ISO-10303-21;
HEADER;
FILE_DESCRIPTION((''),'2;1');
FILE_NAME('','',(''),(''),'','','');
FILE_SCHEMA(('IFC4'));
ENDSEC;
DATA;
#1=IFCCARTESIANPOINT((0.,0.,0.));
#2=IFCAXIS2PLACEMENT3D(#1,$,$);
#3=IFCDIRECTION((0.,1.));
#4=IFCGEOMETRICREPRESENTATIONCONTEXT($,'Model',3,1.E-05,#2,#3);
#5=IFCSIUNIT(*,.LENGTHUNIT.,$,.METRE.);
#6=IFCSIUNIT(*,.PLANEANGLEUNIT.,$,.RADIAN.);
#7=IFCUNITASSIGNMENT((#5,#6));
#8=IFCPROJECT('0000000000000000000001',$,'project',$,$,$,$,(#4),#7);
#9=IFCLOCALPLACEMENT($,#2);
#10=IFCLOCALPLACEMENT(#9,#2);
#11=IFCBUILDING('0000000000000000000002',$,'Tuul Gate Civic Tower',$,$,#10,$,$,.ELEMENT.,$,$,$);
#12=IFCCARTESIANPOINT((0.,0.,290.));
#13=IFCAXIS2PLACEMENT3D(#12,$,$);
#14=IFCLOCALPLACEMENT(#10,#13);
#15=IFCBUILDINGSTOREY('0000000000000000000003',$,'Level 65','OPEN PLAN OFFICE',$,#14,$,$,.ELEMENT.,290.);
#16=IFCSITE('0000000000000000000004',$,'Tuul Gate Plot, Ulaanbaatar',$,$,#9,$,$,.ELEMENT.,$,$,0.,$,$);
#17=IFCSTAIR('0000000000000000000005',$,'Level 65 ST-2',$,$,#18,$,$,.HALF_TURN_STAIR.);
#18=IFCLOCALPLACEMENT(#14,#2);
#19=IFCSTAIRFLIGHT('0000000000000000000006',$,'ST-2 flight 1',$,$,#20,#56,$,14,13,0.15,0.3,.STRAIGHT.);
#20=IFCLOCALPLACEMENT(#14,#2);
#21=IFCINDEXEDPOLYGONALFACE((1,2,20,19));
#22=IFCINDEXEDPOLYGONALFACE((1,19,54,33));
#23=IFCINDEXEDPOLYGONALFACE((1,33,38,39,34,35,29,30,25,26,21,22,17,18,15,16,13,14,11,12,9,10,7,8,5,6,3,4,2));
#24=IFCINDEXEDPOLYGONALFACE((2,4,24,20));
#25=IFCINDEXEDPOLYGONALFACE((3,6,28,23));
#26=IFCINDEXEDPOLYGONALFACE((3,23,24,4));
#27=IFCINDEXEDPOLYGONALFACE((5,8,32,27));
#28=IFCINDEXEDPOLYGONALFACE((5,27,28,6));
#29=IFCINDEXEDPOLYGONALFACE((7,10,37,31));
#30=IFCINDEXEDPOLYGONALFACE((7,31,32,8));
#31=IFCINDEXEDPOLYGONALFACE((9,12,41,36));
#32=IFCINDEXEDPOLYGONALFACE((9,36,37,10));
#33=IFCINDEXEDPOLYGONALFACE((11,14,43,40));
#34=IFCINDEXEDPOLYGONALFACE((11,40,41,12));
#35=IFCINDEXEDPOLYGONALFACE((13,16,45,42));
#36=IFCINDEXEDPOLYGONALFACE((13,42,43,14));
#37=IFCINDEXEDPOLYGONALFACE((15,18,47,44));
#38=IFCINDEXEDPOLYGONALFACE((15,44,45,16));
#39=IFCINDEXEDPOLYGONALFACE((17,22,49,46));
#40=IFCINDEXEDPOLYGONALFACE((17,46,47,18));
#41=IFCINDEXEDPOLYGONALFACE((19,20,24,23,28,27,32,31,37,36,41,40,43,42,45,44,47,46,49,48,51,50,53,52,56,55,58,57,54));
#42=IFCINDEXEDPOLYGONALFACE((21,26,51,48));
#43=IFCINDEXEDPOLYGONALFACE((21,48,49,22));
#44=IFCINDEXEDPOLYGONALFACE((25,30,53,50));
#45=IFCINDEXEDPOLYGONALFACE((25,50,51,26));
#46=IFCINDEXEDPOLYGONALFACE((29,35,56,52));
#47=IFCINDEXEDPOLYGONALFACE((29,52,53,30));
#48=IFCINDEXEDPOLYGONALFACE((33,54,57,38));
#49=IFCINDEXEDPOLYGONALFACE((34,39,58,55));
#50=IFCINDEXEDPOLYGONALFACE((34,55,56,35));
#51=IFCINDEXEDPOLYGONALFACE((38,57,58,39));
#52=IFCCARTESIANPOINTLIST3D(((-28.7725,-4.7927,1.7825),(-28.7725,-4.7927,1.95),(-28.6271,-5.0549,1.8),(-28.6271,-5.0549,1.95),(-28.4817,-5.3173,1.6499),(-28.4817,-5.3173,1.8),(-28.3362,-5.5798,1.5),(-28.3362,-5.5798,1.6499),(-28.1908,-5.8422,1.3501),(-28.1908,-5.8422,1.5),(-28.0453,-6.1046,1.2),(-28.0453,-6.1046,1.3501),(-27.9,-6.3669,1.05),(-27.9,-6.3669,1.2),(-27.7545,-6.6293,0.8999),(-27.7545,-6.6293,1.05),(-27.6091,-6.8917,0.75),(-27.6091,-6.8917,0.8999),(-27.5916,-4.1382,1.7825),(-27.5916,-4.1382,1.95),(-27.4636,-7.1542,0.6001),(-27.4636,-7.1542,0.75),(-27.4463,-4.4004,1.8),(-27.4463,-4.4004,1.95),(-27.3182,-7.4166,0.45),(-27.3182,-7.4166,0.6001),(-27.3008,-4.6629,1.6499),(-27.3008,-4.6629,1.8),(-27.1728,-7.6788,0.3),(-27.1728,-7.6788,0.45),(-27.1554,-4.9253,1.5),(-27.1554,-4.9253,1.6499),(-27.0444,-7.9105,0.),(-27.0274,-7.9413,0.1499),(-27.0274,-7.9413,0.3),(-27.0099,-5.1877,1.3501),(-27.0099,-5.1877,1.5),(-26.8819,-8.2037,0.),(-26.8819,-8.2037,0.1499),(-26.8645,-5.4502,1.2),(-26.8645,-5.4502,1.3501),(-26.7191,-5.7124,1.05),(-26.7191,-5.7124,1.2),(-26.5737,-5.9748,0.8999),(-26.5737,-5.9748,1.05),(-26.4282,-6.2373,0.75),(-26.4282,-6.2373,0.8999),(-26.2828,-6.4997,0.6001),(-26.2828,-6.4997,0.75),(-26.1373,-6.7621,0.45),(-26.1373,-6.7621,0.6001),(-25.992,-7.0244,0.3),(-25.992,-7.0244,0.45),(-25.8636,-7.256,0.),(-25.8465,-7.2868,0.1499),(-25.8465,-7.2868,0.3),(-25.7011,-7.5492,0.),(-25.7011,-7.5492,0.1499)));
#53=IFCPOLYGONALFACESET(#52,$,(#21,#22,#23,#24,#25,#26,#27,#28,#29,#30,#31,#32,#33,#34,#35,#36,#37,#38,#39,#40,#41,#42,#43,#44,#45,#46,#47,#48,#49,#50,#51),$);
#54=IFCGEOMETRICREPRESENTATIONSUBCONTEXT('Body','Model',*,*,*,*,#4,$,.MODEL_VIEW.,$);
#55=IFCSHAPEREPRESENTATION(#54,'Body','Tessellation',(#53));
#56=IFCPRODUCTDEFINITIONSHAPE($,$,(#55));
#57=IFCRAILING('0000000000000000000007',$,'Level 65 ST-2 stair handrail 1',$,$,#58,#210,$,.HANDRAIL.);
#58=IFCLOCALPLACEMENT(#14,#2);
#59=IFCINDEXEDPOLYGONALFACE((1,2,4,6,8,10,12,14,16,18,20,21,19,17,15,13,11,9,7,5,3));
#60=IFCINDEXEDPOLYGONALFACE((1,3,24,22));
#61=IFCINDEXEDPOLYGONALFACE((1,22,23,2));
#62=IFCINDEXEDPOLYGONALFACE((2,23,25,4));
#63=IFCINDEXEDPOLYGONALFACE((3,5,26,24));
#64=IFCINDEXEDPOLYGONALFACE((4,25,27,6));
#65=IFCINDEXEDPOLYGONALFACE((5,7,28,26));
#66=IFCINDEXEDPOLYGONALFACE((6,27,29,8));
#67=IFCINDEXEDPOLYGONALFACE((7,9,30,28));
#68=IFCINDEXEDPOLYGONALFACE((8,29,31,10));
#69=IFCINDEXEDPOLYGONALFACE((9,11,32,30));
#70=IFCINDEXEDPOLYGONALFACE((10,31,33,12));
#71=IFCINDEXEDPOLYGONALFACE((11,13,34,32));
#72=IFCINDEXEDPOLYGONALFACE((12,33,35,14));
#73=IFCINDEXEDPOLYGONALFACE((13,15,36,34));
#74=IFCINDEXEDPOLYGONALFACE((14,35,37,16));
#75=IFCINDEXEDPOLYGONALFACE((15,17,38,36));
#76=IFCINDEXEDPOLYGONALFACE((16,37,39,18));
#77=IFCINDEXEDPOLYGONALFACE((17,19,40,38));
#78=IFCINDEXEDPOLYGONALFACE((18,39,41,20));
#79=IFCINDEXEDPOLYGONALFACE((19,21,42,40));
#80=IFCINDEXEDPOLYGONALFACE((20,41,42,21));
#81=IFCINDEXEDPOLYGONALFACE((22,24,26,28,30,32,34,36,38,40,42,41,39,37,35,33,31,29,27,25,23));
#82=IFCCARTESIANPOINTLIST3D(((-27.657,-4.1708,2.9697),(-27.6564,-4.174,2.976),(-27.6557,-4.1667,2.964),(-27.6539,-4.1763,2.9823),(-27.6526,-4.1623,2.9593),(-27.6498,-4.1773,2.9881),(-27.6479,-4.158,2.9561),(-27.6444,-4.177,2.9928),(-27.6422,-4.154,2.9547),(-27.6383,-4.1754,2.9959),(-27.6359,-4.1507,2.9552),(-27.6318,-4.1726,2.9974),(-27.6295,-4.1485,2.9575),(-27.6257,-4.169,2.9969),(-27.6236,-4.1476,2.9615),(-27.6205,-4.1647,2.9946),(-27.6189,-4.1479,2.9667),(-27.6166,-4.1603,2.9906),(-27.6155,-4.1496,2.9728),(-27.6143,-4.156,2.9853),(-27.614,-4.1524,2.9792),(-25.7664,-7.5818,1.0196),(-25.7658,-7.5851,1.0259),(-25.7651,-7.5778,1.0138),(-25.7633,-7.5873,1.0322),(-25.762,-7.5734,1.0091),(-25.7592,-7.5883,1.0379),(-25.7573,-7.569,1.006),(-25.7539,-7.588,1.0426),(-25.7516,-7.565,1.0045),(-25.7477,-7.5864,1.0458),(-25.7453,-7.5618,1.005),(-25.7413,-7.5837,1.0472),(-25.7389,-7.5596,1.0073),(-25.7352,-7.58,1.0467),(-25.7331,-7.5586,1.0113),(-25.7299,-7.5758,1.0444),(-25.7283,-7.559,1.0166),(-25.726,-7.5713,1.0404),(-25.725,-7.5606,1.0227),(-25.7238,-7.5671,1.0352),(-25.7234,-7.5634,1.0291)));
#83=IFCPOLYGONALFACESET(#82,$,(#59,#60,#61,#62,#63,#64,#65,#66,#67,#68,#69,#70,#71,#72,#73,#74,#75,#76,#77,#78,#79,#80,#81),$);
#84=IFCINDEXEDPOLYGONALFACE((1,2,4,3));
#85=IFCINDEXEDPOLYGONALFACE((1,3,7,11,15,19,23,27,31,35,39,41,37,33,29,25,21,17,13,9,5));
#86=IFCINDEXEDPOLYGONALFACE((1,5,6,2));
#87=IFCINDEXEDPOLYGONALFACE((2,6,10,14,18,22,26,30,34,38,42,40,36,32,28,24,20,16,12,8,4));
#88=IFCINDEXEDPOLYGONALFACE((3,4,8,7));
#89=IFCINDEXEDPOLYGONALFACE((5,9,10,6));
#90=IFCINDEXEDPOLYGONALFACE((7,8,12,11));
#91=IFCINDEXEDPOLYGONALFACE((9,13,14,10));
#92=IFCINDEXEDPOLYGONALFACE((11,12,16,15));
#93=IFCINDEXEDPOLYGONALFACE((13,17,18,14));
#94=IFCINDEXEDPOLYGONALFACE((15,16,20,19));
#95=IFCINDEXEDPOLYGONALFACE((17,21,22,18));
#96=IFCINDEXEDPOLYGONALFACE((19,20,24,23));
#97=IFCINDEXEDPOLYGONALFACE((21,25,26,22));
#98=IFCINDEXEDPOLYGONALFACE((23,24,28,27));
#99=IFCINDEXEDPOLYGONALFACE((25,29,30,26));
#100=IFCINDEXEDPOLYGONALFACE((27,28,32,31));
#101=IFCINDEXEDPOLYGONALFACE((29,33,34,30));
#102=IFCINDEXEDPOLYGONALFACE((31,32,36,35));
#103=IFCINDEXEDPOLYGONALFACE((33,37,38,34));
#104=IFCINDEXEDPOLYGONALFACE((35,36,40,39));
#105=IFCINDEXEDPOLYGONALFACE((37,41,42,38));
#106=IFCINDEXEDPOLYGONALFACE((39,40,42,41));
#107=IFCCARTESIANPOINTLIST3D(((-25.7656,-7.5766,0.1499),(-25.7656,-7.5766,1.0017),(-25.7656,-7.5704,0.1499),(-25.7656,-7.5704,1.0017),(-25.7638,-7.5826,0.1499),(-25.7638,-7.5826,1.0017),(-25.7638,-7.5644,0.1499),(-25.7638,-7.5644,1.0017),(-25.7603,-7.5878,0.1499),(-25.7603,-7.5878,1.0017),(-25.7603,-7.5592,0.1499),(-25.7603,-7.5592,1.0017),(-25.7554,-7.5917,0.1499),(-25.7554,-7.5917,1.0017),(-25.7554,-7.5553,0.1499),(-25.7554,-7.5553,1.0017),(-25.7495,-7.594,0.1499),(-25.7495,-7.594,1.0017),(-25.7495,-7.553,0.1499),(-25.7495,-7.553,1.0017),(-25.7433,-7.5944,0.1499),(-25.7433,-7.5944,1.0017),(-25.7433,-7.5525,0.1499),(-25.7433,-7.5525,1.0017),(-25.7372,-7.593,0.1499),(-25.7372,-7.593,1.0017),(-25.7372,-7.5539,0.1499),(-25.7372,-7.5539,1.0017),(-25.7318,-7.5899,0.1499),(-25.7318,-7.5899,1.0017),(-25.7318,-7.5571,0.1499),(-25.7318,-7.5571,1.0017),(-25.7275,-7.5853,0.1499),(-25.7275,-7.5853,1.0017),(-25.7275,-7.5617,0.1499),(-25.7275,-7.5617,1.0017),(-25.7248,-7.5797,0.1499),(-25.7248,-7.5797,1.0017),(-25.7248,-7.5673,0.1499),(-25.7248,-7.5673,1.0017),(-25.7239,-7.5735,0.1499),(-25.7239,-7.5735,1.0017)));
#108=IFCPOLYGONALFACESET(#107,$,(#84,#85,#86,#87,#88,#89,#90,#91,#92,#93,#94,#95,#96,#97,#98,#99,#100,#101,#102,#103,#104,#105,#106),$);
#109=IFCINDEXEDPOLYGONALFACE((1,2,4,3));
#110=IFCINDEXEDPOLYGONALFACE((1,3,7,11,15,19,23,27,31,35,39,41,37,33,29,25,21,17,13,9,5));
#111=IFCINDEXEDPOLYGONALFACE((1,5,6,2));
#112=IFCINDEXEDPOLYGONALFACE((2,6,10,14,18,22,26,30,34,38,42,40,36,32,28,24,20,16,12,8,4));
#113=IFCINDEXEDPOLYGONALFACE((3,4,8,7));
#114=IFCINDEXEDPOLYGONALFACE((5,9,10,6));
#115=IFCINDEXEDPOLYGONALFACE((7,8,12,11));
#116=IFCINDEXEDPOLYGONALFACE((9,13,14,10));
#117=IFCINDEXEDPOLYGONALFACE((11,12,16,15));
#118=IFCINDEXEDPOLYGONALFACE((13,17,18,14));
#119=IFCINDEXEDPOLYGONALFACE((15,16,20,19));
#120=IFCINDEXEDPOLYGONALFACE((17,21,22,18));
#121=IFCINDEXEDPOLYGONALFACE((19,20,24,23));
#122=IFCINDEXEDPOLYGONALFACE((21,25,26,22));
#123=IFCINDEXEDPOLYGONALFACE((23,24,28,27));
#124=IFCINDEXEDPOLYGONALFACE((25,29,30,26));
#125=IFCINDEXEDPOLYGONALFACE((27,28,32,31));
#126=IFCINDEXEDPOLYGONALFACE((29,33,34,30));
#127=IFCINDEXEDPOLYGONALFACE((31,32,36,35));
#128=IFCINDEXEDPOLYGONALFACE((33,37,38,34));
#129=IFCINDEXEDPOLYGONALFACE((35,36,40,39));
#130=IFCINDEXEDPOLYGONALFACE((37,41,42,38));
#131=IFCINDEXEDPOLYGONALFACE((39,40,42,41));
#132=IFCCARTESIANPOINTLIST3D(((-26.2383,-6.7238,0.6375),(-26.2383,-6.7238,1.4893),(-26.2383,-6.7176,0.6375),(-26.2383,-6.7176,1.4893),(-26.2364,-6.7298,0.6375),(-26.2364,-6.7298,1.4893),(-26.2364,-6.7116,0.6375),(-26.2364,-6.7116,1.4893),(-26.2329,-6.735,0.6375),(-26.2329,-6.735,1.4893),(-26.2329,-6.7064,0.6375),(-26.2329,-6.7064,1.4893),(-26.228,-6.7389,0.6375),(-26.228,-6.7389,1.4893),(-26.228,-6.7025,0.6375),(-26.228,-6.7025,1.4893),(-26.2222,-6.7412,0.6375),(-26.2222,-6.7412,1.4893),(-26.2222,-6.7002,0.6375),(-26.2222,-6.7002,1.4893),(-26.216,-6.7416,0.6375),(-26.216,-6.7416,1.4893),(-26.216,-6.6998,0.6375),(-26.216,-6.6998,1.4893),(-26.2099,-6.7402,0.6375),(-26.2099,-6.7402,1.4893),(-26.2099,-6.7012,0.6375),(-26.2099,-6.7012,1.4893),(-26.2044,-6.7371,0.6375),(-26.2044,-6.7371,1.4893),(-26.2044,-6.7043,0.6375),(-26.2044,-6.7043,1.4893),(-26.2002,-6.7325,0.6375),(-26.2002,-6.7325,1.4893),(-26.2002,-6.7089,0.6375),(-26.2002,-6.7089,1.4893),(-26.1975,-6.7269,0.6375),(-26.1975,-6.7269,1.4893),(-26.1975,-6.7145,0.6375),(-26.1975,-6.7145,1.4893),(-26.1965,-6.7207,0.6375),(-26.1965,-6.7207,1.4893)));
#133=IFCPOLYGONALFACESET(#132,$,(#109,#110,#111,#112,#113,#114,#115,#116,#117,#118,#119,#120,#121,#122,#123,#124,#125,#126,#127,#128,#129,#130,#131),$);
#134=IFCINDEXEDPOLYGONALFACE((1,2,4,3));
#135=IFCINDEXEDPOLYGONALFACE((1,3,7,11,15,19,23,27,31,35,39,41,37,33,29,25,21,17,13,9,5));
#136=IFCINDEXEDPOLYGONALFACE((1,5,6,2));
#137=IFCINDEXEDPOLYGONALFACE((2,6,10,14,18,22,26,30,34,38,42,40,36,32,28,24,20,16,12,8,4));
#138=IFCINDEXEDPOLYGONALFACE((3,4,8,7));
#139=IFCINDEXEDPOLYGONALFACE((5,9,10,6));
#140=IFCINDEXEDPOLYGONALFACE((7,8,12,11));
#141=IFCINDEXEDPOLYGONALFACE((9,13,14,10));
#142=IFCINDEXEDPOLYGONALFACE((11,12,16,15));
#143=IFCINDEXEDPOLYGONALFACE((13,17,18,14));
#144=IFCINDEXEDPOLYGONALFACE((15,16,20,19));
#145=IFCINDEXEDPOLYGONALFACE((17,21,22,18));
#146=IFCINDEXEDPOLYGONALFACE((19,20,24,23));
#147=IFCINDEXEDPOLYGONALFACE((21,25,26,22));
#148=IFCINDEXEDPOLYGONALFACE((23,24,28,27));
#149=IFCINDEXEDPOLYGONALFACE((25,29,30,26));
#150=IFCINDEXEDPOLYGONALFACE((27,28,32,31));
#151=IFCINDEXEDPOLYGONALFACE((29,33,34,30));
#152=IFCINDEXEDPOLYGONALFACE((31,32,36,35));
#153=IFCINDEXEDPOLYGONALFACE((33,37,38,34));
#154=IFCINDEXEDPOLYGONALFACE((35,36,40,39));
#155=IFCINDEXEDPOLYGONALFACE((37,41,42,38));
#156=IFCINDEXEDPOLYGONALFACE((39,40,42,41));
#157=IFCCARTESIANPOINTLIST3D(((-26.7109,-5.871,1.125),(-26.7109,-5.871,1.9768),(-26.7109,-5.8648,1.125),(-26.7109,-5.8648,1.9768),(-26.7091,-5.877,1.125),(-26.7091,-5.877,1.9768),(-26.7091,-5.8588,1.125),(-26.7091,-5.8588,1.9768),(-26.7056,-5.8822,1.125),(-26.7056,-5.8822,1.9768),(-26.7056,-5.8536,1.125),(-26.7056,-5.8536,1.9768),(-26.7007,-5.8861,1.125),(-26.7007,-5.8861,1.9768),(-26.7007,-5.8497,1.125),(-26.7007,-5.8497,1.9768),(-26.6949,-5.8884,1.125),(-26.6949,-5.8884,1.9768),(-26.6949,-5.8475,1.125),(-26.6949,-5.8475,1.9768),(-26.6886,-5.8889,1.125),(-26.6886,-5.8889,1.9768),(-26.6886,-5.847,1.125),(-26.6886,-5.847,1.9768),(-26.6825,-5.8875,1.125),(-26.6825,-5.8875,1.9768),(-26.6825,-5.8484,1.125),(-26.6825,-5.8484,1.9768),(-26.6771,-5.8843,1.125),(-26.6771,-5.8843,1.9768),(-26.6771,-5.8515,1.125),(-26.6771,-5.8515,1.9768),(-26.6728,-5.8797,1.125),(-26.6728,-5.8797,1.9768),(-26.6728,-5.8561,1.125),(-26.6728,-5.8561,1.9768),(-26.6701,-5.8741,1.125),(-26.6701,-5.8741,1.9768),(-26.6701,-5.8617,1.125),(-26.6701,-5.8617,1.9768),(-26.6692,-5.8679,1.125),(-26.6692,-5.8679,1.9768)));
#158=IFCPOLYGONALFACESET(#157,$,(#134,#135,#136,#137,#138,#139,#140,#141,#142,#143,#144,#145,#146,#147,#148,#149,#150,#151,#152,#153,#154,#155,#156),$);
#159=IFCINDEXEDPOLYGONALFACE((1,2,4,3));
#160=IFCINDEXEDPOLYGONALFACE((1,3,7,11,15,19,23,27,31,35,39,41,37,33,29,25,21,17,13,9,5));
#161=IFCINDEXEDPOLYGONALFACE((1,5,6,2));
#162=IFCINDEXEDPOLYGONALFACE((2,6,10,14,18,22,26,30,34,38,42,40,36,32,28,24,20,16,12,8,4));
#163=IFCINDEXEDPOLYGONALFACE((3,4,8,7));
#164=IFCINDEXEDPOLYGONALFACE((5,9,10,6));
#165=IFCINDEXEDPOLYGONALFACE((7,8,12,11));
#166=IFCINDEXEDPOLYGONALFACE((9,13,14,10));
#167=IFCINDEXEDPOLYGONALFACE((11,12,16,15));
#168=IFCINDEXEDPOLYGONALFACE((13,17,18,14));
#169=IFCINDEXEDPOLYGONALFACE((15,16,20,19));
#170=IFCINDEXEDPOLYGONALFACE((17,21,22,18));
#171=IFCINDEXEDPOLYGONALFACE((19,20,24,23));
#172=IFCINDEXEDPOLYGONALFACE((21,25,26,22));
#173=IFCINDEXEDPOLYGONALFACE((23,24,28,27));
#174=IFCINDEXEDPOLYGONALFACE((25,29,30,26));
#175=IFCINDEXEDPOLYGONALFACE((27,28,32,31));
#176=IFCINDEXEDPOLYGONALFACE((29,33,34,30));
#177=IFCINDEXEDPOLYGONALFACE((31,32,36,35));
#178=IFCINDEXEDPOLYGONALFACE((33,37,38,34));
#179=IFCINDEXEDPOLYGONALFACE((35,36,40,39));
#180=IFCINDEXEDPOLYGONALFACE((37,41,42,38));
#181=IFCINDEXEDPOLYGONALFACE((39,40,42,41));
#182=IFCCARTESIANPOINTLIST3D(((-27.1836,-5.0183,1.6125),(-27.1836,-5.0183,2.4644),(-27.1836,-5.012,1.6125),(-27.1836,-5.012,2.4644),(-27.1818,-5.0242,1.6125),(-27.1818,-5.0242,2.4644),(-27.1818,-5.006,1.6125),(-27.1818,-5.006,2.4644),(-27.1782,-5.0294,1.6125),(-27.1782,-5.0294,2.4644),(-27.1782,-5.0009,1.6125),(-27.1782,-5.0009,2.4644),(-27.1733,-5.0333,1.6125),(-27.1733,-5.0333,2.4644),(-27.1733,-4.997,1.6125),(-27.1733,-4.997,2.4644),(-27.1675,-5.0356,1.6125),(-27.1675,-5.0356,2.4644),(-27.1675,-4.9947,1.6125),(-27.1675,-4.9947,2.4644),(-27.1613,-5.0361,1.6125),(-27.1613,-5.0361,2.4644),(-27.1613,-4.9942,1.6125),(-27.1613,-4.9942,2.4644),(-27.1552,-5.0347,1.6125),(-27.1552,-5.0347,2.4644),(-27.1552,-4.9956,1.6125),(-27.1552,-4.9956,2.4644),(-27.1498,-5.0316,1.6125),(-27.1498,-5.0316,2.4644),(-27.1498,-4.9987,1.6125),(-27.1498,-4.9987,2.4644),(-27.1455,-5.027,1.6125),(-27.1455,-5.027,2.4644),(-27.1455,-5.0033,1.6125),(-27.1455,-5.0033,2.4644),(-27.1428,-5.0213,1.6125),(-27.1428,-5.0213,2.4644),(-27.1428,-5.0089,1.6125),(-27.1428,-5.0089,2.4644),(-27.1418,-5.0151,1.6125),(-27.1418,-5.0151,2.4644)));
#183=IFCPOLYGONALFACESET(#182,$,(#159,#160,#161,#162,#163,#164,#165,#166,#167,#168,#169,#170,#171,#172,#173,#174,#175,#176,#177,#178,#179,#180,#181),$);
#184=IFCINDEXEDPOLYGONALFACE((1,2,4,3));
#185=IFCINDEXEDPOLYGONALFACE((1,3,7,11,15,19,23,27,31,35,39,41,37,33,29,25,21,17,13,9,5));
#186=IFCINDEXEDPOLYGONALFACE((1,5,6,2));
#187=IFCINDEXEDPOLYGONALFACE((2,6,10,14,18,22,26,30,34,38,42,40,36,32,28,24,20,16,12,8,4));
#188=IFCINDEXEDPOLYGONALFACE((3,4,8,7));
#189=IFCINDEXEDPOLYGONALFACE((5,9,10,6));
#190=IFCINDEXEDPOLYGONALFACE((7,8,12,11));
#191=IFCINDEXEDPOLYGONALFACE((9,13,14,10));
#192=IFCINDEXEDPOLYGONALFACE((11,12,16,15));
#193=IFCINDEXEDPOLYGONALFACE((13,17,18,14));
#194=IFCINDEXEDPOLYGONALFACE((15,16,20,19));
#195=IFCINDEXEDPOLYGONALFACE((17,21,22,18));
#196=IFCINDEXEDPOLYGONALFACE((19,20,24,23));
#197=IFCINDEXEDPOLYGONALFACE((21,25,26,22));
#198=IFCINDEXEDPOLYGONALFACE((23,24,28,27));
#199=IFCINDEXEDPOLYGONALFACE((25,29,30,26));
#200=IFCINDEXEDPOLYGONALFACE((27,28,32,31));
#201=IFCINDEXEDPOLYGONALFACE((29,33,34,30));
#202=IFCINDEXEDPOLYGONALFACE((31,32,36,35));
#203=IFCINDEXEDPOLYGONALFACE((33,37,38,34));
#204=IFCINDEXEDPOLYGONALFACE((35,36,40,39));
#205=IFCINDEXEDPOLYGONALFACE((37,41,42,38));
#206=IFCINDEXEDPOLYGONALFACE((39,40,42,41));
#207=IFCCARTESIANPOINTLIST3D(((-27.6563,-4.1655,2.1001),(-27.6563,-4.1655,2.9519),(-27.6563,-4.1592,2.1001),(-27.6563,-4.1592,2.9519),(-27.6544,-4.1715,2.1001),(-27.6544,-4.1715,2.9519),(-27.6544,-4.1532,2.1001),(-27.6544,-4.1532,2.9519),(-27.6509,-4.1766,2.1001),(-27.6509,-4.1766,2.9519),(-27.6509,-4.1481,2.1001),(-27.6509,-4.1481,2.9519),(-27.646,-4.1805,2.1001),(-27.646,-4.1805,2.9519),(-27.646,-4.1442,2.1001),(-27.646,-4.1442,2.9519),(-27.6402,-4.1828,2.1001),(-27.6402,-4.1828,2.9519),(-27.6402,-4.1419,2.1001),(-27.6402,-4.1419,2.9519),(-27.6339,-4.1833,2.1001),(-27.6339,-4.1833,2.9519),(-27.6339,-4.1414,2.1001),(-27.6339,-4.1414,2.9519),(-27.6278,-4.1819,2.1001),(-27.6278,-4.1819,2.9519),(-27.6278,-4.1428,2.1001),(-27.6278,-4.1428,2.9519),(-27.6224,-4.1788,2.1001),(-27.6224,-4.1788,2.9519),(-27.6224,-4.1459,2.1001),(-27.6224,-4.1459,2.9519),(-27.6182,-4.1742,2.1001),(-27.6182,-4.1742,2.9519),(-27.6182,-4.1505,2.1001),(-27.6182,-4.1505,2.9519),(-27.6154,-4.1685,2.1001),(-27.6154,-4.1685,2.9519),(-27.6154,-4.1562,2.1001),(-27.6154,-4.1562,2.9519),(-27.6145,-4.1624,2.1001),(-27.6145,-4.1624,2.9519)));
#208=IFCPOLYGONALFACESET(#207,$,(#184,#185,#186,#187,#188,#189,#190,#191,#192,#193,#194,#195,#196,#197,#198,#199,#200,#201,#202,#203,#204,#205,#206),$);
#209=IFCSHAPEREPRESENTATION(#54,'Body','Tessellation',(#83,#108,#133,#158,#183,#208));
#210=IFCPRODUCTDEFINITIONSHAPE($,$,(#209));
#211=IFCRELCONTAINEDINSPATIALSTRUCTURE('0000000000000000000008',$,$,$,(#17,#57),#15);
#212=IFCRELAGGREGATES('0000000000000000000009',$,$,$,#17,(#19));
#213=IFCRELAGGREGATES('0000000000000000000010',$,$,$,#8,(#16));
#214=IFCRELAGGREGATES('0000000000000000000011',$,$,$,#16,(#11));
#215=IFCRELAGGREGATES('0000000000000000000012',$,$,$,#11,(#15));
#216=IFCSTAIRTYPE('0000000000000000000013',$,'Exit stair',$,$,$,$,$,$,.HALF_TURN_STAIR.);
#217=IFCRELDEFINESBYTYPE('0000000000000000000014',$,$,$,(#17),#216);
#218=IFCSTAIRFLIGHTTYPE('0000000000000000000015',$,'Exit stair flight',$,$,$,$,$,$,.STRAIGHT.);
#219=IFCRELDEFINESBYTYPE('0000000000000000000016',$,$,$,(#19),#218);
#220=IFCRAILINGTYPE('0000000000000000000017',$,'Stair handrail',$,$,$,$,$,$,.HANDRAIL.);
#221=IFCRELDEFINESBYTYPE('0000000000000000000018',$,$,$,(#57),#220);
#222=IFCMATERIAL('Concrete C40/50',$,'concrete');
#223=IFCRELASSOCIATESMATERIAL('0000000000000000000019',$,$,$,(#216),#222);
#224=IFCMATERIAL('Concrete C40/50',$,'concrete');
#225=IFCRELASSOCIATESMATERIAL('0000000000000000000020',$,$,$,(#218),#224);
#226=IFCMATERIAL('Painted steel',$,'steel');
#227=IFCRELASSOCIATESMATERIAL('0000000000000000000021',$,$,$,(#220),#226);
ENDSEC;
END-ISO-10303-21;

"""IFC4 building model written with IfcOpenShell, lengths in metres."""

from ifc_helpers import new_model, si_unit, direction, frame, origin, origin_2d, place, context, subcontext, project, spatial, polyline, circle, outline, extrude, material, type_object, element, aggregate, save


model = new_model("IFC4")

# Units and contexts
model_context = context("Model", 3, precision=1e-05, world=origin(), true_north=direction((0.0, 1.0)))
body_context = subcontext(model_context, "Body", "Model", "MODEL_VIEW")
ifc_project = project(units=[si_unit("LENGTHUNIT", "METRE"), si_unit("PLANEANGLEUNIT", "RADIAN")], contexts=[model_context])

# Site, building, storey
site_placement = place(None, origin())
site = spatial("IfcSite", under=ifc_project, at=site_placement, Name="Tuul Gate Plot, Ulaanbaatar", CompositionType="ELEMENT", RefElevation=0.0)
building_placement = place(site_placement, origin())
building = spatial("IfcBuilding", under=site, at=building_placement, Name="Tuul Gate Civic Tower", CompositionType="ELEMENT")
storey_placement = place(building_placement, frame((0.0, 0.0, 290.0)))
storey = spatial("IfcBuildingStorey", under=building, at=storey_placement, Name="Level 65", Description="OPEN PLAN OFFICE", CompositionType="ELEMENT", Elevation=290.0)

# Stair, stair flight
ifc_material_1 = material(Name="Concrete C40/50", Category="concrete")
stair_type = type_object("IfcStairType", Name="Exit stair", PredefinedType="HALF_TURN_STAIR", material=ifc_material_1)
stair_placement = place(storey_placement, origin())
stair = element("IfcStair", 1, at=stair_placement, inside=storey, type_object=stair_type, Name="Level 65 ST-2", PredefinedType="HALF_TURN_STAIR")
ifc_material_2 = material(Name="Concrete C40/50", Category="concrete")
stair_flight_type = type_object("IfcStairFlightType", Name="Exit stair flight", PredefinedType="STRAIGHT", material=ifc_material_2)
stair_flight_placement = place(storey_placement, frame((-26.2915, -7.8765, 0.0), z_axis=(0.0, 0.0, 1.0), x_axis=(-0.484762, 0.874646, 0.0)))
stair_flight = element("IfcStairFlight", 2, at=stair_flight_placement, type_object=stair_flight_type, Name="ST-2 flight 1", NumberOfRisers=14, NumberOfTreads=13, PredefinedType="STRAIGHT", RiserHeight=0.15, TreadLength=0.3, context=body_context, shape_type="SweptSolid", body=[
    extrude(outline(polyline([(0.0, 0.0), (0.0, 0.1499), (0.3, 0.1499), (0.3, 0.3), (0.6001, 0.3), (0.6001, 0.45), (0.8999, 0.45), (0.8999, 0.6001), (1.2, 0.6001), (1.2, 0.75), (1.5, 0.75), (1.5, 0.8999), (1.8, 0.8999), (1.8, 1.05), (2.1001, 1.05), (2.1001, 1.2), (2.3999, 1.2), (2.3999, 1.3501), (2.7, 1.3501), (2.7, 1.5), (3.0, 1.5), (3.0, 1.6499), (3.3, 1.6499), (3.3, 1.8), (3.6001, 1.8), (3.6001, 1.95), (3.8999, 1.95), (3.8999, 2.1001), (3.8999, 1.7825), (0.3352, 0.0), (0.0, 0.0)])), frame((0.0, 0.675, 0.0), z_axis=(0.0, -1.0, 0.0), x_axis=(1.0, 0.0, 0.0)), (0.0, 0.0, 1.0), 1.3501),
])
aggregate(stair, [stair_flight])

# Railing
ifc_material_3 = material(Name="Painted steel", Category="steel")
railing_type_1 = type_object("IfcRailingType", Name="Stair handrail", PredefinedType="HANDRAIL", material=ifc_material_3)
railing_1_placement = place(storey_placement, frame((-25.7449, -7.5735, 0.1499)))
element("IfcRailing", 3, at=railing_1_placement, inside=storey, type_object=railing_type_1, Name="Level 65 ST-2 stair handrail 1", PredefinedType="HANDRAIL", context=body_context, shape_type="SweptSolid", body=[
    extrude(circle(Radius=0.0239, at=origin_2d()), frame((0.0, 0.0, 0.876), z_axis=(-0.433585, 0.782289, 0.447246), x_axis=(-0.874641, -0.484771, 0.0)), (0.0, 0.0, 1.0), 4.3604),
    extrude(circle(Radius=0.021, at=origin_2d()), origin(), (0.0, 0.0, 1.0), 0.8518),
    extrude(circle(Radius=0.021, at=origin_2d()), frame((-0.4727, 0.8528, 0.4875)), (0.0, 0.0, 1.0), 0.8518),
    extrude(circle(Radius=0.021, at=origin_2d()), frame((-0.9453, 1.7056, 0.9751)), (0.0, 0.0, 1.0), 0.8518),
    extrude(circle(Radius=0.021, at=origin_2d()), frame((-1.418, 2.5583, 1.4626)), (0.0, 0.0, 1.0), 0.8518),
    extrude(circle(Radius=0.021, at=origin_2d()), frame((-1.8906, 3.4111, 1.9502)), (0.0, 0.0, 1.0), 0.8518),
])

save(model, "model.ifc")
